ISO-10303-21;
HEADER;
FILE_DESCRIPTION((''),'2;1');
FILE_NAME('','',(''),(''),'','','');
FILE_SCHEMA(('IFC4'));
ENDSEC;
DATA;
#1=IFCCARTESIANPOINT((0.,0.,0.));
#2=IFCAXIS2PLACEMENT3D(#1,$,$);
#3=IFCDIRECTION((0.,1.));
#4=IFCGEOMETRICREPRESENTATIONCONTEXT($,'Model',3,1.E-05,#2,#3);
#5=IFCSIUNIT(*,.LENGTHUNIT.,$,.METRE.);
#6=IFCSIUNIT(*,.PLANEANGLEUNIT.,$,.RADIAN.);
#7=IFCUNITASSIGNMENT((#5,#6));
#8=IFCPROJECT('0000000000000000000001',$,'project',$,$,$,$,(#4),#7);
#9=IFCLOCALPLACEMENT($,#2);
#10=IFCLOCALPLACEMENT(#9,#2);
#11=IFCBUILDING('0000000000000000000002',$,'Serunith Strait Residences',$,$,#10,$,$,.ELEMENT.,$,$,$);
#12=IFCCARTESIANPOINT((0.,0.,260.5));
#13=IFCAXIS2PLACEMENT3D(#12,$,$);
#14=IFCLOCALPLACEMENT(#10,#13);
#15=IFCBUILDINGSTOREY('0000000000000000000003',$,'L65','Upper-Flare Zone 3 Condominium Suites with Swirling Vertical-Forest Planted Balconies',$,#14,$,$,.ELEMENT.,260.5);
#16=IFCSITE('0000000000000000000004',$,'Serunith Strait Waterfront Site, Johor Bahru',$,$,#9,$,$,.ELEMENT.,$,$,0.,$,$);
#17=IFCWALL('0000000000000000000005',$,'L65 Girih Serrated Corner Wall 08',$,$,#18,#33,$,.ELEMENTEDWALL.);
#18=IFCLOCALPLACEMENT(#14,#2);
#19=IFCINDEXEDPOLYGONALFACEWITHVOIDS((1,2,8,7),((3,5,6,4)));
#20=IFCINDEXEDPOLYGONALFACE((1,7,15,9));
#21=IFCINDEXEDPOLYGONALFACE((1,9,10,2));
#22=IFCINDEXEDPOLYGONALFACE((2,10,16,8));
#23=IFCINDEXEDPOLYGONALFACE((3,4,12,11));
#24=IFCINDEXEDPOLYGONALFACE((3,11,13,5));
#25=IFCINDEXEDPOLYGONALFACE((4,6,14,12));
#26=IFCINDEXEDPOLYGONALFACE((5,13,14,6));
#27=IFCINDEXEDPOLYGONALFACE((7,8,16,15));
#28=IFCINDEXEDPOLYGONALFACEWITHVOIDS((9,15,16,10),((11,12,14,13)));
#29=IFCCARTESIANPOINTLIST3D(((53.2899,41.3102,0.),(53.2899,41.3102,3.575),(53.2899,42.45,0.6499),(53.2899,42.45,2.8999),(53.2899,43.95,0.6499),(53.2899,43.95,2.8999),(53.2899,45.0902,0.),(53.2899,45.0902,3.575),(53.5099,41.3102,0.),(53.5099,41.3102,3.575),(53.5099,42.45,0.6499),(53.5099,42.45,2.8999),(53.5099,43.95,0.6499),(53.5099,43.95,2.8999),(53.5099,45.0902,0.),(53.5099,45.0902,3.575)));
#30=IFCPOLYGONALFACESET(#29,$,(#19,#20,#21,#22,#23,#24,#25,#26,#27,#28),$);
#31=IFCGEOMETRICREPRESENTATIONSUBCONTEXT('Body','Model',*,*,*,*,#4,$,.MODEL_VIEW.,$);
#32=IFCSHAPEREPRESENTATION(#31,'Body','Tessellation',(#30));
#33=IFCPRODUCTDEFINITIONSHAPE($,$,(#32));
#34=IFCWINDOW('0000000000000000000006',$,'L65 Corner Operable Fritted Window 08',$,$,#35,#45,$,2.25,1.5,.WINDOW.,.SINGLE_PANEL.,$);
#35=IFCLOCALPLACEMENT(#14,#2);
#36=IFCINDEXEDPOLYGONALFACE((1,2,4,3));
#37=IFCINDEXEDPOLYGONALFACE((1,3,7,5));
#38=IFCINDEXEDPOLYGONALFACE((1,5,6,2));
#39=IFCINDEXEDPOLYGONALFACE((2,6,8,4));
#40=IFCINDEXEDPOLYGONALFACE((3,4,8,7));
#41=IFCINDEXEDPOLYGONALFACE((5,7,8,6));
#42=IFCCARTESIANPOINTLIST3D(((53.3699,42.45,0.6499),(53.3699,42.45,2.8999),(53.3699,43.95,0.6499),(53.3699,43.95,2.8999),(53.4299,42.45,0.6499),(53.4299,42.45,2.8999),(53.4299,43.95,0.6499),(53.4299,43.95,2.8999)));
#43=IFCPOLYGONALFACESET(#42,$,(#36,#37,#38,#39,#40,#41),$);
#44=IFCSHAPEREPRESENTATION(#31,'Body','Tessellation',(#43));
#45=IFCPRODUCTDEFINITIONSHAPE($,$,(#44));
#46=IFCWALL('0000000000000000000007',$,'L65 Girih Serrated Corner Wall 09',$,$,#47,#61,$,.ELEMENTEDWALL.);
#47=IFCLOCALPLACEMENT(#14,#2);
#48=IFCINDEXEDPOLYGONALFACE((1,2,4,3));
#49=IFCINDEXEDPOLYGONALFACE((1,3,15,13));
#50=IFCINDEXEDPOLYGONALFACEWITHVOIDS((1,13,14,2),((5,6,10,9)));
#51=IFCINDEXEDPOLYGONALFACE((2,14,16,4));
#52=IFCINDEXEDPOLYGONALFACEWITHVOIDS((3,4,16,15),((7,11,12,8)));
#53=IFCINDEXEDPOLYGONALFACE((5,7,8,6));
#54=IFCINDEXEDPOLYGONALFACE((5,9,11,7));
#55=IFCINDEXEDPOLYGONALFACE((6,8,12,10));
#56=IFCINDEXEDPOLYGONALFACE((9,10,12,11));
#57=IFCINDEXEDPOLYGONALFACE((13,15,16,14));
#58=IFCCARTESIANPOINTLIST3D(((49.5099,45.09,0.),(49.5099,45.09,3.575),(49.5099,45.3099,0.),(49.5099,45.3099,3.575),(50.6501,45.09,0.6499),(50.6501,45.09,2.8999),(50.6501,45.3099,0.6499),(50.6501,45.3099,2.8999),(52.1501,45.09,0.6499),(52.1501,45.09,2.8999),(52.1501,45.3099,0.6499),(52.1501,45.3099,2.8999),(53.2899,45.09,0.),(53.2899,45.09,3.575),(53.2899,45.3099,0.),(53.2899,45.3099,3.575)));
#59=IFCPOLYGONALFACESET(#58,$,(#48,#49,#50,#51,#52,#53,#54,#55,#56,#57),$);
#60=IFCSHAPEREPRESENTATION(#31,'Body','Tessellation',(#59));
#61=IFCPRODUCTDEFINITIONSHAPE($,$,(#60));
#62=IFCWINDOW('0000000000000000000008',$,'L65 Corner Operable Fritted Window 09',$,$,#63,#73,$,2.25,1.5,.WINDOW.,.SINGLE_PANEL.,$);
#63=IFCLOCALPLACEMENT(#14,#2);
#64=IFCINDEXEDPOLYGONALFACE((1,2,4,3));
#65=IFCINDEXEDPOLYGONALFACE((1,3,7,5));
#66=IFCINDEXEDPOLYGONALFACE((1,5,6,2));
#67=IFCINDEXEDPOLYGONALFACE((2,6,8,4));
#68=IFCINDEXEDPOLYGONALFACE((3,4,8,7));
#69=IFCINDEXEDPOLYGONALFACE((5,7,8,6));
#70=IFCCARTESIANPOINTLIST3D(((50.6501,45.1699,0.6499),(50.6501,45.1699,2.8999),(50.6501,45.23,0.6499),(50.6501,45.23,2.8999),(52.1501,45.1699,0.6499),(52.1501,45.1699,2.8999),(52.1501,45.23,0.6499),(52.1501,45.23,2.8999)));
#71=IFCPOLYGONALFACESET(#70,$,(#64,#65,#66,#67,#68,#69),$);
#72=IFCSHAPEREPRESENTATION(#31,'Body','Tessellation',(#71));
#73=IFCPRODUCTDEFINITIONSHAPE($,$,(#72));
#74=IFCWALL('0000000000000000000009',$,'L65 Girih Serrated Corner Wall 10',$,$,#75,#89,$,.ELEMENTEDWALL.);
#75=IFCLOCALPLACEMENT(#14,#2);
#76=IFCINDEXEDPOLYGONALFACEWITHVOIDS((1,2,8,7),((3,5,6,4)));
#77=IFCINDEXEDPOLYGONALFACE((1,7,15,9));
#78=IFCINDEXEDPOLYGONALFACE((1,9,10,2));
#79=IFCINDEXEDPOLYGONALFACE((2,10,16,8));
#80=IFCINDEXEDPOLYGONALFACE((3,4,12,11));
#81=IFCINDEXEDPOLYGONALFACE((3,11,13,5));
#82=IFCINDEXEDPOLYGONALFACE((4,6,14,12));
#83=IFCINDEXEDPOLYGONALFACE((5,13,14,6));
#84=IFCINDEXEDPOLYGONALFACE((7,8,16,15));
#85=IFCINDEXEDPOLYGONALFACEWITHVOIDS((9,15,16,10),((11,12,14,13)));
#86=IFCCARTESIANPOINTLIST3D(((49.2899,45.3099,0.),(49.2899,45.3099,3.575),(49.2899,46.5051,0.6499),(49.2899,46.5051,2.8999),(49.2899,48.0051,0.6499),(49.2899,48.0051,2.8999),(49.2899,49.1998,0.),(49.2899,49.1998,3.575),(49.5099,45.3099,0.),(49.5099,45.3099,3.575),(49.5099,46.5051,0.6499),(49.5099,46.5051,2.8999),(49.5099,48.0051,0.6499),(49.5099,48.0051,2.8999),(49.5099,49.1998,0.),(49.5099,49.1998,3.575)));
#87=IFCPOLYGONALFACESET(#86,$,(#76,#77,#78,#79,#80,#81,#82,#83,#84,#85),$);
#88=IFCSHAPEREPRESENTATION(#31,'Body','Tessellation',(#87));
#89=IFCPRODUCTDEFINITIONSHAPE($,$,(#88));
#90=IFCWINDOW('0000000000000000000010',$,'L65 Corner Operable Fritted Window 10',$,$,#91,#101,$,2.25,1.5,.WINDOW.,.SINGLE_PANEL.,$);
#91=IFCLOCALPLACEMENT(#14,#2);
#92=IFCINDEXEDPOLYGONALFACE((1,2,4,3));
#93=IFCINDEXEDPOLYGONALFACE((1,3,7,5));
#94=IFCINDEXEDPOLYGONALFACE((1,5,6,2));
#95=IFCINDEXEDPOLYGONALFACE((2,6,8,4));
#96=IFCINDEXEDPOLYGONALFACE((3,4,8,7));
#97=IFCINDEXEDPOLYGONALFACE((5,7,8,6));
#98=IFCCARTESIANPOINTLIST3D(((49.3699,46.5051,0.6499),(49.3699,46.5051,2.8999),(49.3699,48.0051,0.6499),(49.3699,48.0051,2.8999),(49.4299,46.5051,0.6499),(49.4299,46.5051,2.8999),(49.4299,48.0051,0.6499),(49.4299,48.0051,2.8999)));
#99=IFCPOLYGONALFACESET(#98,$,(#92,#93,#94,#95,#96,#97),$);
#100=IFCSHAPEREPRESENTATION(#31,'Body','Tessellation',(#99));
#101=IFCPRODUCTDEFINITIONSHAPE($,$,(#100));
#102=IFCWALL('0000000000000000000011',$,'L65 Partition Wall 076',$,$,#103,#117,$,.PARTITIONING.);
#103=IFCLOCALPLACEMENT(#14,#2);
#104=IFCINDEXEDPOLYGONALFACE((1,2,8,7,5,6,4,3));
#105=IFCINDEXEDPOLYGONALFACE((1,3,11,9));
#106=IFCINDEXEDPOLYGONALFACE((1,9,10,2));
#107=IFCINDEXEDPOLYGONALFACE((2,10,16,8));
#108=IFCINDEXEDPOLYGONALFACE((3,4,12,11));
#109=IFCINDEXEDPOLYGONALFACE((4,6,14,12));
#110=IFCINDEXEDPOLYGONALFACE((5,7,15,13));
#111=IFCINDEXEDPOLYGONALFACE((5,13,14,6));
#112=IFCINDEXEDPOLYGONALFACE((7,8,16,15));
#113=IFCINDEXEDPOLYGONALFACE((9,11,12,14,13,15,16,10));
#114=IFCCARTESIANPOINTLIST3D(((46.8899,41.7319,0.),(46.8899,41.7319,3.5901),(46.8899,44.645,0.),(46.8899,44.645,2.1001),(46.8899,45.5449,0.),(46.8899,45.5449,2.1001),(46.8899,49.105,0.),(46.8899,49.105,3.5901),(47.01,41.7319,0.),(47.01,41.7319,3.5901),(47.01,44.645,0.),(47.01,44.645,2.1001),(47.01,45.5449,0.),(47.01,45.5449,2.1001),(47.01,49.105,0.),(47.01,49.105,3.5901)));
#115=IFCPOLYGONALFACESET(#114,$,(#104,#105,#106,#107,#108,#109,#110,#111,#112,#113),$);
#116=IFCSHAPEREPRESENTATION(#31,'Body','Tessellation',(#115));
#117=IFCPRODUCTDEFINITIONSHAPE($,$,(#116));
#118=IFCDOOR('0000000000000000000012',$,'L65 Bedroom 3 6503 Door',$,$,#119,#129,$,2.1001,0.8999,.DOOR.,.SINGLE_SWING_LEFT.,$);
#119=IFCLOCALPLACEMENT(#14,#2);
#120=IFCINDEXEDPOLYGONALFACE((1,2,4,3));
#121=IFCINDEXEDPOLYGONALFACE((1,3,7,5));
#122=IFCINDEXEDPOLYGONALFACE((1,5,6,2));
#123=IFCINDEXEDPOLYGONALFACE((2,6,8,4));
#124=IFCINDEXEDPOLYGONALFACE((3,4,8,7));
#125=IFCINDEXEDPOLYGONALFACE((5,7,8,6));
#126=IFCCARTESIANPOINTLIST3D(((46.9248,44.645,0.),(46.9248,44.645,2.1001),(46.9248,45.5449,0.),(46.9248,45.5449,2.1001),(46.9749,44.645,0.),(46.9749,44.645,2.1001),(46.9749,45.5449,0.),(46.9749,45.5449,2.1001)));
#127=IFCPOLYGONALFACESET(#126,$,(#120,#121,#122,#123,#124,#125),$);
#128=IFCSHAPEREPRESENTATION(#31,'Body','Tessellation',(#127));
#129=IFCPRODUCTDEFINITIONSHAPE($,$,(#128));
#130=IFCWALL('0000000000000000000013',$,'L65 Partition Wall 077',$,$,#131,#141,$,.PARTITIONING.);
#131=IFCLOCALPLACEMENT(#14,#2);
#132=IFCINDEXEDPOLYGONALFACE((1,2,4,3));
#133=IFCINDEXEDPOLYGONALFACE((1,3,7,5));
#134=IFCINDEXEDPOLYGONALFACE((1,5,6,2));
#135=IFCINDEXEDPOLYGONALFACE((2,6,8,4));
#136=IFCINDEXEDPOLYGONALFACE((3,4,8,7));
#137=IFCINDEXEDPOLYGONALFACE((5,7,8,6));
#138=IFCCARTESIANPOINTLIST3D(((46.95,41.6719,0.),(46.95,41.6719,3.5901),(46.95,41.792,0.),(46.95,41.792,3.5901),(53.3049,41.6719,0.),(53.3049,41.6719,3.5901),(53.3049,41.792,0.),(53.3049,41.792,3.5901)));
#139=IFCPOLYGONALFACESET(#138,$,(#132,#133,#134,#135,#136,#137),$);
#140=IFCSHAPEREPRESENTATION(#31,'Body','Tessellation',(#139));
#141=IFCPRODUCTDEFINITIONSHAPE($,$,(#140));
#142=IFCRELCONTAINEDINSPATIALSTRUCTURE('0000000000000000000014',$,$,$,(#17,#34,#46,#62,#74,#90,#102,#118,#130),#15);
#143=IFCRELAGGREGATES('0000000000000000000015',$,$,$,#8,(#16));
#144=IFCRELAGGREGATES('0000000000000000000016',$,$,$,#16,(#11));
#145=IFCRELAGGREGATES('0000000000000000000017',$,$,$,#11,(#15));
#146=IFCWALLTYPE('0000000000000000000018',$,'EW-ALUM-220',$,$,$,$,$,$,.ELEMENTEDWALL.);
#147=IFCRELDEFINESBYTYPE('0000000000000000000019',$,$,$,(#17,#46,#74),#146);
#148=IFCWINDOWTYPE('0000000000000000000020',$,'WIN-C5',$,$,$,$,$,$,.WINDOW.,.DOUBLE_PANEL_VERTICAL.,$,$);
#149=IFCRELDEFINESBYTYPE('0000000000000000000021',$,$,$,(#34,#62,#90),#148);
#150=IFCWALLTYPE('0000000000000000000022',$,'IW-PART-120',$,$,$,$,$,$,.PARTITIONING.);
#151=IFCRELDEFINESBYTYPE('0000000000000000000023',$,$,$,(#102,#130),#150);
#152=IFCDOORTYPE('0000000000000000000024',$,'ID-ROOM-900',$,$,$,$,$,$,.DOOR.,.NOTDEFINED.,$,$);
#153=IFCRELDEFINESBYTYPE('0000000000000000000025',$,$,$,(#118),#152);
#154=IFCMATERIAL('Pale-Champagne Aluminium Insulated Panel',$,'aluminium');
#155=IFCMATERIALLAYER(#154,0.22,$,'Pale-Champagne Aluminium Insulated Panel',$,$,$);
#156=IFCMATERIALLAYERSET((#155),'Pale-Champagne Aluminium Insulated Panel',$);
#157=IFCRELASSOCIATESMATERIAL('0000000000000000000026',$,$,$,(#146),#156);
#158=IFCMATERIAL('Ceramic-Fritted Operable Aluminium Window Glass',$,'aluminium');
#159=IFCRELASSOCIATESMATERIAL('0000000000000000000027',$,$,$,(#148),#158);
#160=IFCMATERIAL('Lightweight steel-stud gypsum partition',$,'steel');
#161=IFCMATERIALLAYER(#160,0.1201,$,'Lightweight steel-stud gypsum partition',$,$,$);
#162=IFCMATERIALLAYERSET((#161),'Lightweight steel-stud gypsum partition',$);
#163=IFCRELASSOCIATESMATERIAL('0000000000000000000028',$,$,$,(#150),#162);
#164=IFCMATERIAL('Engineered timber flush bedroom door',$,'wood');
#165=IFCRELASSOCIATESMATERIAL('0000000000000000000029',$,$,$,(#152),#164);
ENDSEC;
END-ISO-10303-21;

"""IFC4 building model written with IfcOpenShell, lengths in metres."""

from ifc_helpers import new_model, si_unit, direction, frame, frame_2d, origin, place, context, subcontext, project, spatial, rectangle, extrude, source, transform, mapped, material, layer, layer_set, type_object, element, fill, save


model = new_model("IFC4")

# Units and contexts
model_context = context("Model", 3, precision=1e-05, world=origin(), true_north=direction((0.0, 1.0)))
body_context = subcontext(model_context, "Body", "Model", "MODEL_VIEW")
ifc_project = project(units=[si_unit("LENGTHUNIT", "METRE"), si_unit("PLANEANGLEUNIT", "RADIAN")], contexts=[model_context])

# Site, building, storey
site_placement = place(None, origin())
site = spatial("IfcSite", under=ifc_project, at=site_placement, Name="Serunith Strait Waterfront Site, Johor Bahru", CompositionType="ELEMENT", RefElevation=0.0)
building_placement = place(site_placement, origin())
building = spatial("IfcBuilding", under=site, at=building_placement, Name="Serunith Strait Residences", CompositionType="ELEMENT")
storey_placement = place(building_placement, frame((0.0, 0.0, 260.5)))
storey = spatial("IfcBuildingStorey", under=building, at=storey_placement, Name="L65", Description="Upper-Flare Zone 3 Condominium Suites with Swirling Vertical-Forest Planted Balconies", CompositionType="ELEMENT", Elevation=260.5)

# Walls, openings, windows
ifc_material_1 = material(Name="Pale-Champagne Aluminium Insulated Panel", Category="aluminium")
ifc_layer_1 = layer(ifc_material_1, 0.22, Name="Pale-Champagne Aluminium Insulated Panel")
ifc_layer_set_1 = layer_set([ifc_layer_1], Name="Pale-Champagne Aluminium Insulated Panel")
wall_type_1 = type_object("IfcWallType", Name="EW-ALUM-220", PredefinedType="ELEMENTEDWALL", material=ifc_layer_set_1)
ifc_material_2 = material(Name="Ceramic-Fritted Operable Aluminium Window Glass", Category="aluminium")
window_type = type_object("IfcWindowType", Name="WIN-C5", PartitioningType="DOUBLE_PANEL_VERTICAL", PredefinedType="WINDOW", material=ifc_material_2)
shared_shape_1 = source(origin(), body_context, "Body", "SweptSolid", [
    extrude(rectangle(XDim=1.5, YDim=2.25, at=frame_2d((0.75, 1.125))), frame((0.0, 0.03, 0.0), z_axis=(0.0, -1.0, 0.0), x_axis=(1.0, 0.0, 0.0)), (0.0, 0.0, 1.0), 0.0601),
])
wall_1_placement = place(storey_placement, frame((53.3999, 41.3101, 0.0), z_axis=(0.0, 0.0, 1.0), x_axis=(0.0, 1.0, 0.0)))
wall_1 = element("IfcWall", 1, at=wall_1_placement, inside=storey, type_object=wall_type_1, Name="L65 Girih Serrated Corner Wall 08", PredefinedType="ELEMENTEDWALL", context=body_context, shape_type="SweptSolid", body=[
    extrude(rectangle(XDim=3.78, YDim=0.22, at=frame_2d((1.8901, 0.0))), origin(), (0.0, 0.0, 1.0), 3.575),
])
opening_1_placement = place(wall_1_placement, frame((1.1399, 0.0, 0.6499)))
opening_1 = element("IfcOpeningElement", 2, at=opening_1_placement, cuts=wall_1, PredefinedType="OPENING", context=body_context, shape_type="SweptSolid", body=[
    extrude(rectangle(XDim=1.5, YDim=2.25, at=frame_2d((0.75, 1.125))), frame((0.0, 0.1201, 0.0), z_axis=(0.0, -1.0, 0.0), x_axis=(1.0, 0.0, 0.0)), (0.0, 0.0, 1.0), 0.24),
])
window_1_placement = place(opening_1_placement, origin())
window_1 = element("IfcWindow", 3, at=window_1_placement, inside=storey, type_object=window_type, Name="L65 Corner Operable Fritted Window 08", OverallHeight=2.25, OverallWidth=1.5, PartitioningType="SINGLE_PANEL", PredefinedType="WINDOW", context=body_context, shape_type="MappedRepresentation", body=[
    mapped(shared_shape_1, transform((0.0, 0.0, 0.0), scale=1.0)),
])
fill(opening_1, window_1)
wall_2_placement = place(storey_placement, frame((53.29, 45.2, 0.0), z_axis=(0.0, 0.0, 1.0), x_axis=(-1.0, 0.0, 0.0)))
wall_2 = element("IfcWall", 4, at=wall_2_placement, inside=storey, type_object=wall_type_1, Name="L65 Girih Serrated Corner Wall 09", PredefinedType="ELEMENTEDWALL", context=body_context, shape_type="SweptSolid", body=[
    extrude(rectangle(XDim=3.78, YDim=0.22, at=frame_2d((1.8901, 0.0))), origin(), (0.0, 0.0, 1.0), 3.575),
])
opening_2_placement = place(wall_2_placement, frame((1.1399, 0.0, 0.6499)))
opening_2 = element("IfcOpeningElement", 5, at=opening_2_placement, cuts=wall_2, PredefinedType="OPENING", context=body_context, shape_type="SweptSolid", body=[
    extrude(rectangle(XDim=1.5, YDim=2.25, at=frame_2d((0.75, 1.125))), frame((0.0, 0.1201, 0.0), z_axis=(0.0, -1.0, 0.0), x_axis=(1.0, 0.0, 0.0)), (0.0, 0.0, 1.0), 0.24),
])
window_2_placement = place(opening_2_placement, origin())
window_2 = element("IfcWindow", 6, at=window_2_placement, inside=storey, type_object=window_type, Name="L65 Corner Operable Fritted Window 09", OverallHeight=2.25, OverallWidth=1.5, PartitioningType="SINGLE_PANEL", PredefinedType="WINDOW", context=body_context, shape_type="MappedRepresentation", body=[
    mapped(shared_shape_1, transform((0.0, 0.0, 0.0), scale=1.0)),
])
fill(opening_2, window_2)
wall_3_placement = place(storey_placement, frame((49.3999, 45.3101, 0.0), z_axis=(0.0, 0.0, 1.0), x_axis=(0.0, 1.0, 0.0)))
wall_3 = element("IfcWall", 7, at=wall_3_placement, inside=storey, type_object=wall_type_1, Name="L65 Girih Serrated Corner Wall 10", PredefinedType="ELEMENTEDWALL", context=body_context, shape_type="SweptSolid", body=[
    extrude(rectangle(XDim=3.8899, YDim=0.22, at=frame_2d((1.9448, 0.0))), origin(), (0.0, 0.0, 1.0), 3.575),
])
opening_3_placement = place(wall_3_placement, frame((1.1951, 0.0, 0.6499)))
opening_3 = element("IfcOpeningElement", 8, at=opening_3_placement, cuts=wall_3, PredefinedType="OPENING", context=body_context, shape_type="SweptSolid", body=[
    extrude(rectangle(XDim=1.5, YDim=2.25, at=frame_2d((0.75, 1.125))), frame((0.0, 0.1201, 0.0), z_axis=(0.0, -1.0, 0.0), x_axis=(1.0, 0.0, 0.0)), (0.0, 0.0, 1.0), 0.24),
])
window_3_placement = place(opening_3_placement, origin())
window_3 = element("IfcWindow", 9, at=window_3_placement, inside=storey, type_object=window_type, Name="L65 Corner Operable Fritted Window 10", OverallHeight=2.25, OverallWidth=1.5, PartitioningType="SINGLE_PANEL", PredefinedType="WINDOW", context=body_context, shape_type="MappedRepresentation", body=[
    mapped(shared_shape_1, transform((0.0, 0.0, 0.0), scale=1.0)),
])
fill(opening_3, window_3)

# Wall, opening, door
ifc_material_3 = material(Name="Lightweight steel-stud gypsum partition", Category="steel")
ifc_layer_2 = layer(ifc_material_3, 0.1201, Name="Lightweight steel-stud gypsum partition")
ifc_layer_set_2 = layer_set([ifc_layer_2], Name="Lightweight steel-stud gypsum partition")
wall_type_2 = type_object("IfcWallType", Name="IW-PART-120", PredefinedType="PARTITIONING", material=ifc_layer_set_2)
wall_4_placement = place(storey_placement, frame((46.95, 49.105, 0.0), z_axis=(0.0, 0.0, 1.0), x_axis=(0.0, -1.0, 0.0)))
wall_4 = element("IfcWall", 10, at=wall_4_placement, inside=storey, type_object=wall_type_2, Name="L65 Partition Wall 076", PredefinedType="PARTITIONING", context=body_context, shape_type="SweptSolid", body=[
    extrude(rectangle(XDim=7.373, YDim=0.1201, at=frame_2d((3.6865, 0.0))), origin(), (0.0, 0.0, 1.0), 3.5901),
])
opening_4_placement = place(wall_4_placement, frame((3.5601, 0.0, 0.0)))
opening_4 = element("IfcOpeningElement", 11, at=opening_4_placement, cuts=wall_4, PredefinedType="OPENING", context=body_context, shape_type="SweptSolid", body=[
    extrude(rectangle(XDim=0.8999, YDim=2.1001, at=frame_2d((0.45, 1.05))), frame((0.0, 0.0701, 0.0), z_axis=(0.0, -1.0, 0.0), x_axis=(1.0, 0.0, 0.0)), (0.0, 0.0, 1.0), 0.1401),
])
ifc_material_4 = material(Name="Engineered timber flush bedroom door", Category="wood")
door_type_1 = type_object("IfcDoorType", Name="ID-ROOM-900", OperationType="NOTDEFINED", PredefinedType="DOOR", material=ifc_material_4)
shared_shape_2 = source(origin(), body_context, "Body", "SweptSolid", [
    extrude(rectangle(XDim=0.8999, YDim=2.1001, at=frame_2d((0.45, 1.05))), frame((0.0, 0.0249, 0.0), z_axis=(0.0, -1.0, 0.0), x_axis=(1.0, 0.0, 0.0)), (0.0, 0.0, 1.0), 0.05),
])
door_1_placement = place(opening_4_placement, origin())
door_1 = element("IfcDoor", 12, at=door_1_placement, inside=storey, type_object=door_type_1, Name="L65 Bedroom 3 6503 Door", OperationType="SINGLE_SWING_LEFT", OverallHeight=2.1001, OverallWidth=0.8999, PredefinedType="DOOR", context=body_context, shape_type="MappedRepresentation", body=[
    mapped(shared_shape_2, transform((0.0, 0.0, 0.0), scale=1.0)),
])
fill(opening_4, door_1)

# Wall
wall_5_placement = place(storey_placement, frame((46.95, 41.7319, 0.0), z_axis=(0.0, 0.0, 1.0), x_axis=(1.0, 0.0, 0.0)))
element("IfcWall", 13, at=wall_5_placement, inside=storey, type_object=wall_type_2, Name="L65 Partition Wall 077", PredefinedType="PARTITIONING", context=body_context, shape_type="SweptSolid", body=[
    extrude(rectangle(XDim=6.355, YDim=0.1201, at=frame_2d((3.1775, 0.0))), origin(), (0.0, 0.0, 1.0), 3.5901),
])

save(model, "model.ifc")
